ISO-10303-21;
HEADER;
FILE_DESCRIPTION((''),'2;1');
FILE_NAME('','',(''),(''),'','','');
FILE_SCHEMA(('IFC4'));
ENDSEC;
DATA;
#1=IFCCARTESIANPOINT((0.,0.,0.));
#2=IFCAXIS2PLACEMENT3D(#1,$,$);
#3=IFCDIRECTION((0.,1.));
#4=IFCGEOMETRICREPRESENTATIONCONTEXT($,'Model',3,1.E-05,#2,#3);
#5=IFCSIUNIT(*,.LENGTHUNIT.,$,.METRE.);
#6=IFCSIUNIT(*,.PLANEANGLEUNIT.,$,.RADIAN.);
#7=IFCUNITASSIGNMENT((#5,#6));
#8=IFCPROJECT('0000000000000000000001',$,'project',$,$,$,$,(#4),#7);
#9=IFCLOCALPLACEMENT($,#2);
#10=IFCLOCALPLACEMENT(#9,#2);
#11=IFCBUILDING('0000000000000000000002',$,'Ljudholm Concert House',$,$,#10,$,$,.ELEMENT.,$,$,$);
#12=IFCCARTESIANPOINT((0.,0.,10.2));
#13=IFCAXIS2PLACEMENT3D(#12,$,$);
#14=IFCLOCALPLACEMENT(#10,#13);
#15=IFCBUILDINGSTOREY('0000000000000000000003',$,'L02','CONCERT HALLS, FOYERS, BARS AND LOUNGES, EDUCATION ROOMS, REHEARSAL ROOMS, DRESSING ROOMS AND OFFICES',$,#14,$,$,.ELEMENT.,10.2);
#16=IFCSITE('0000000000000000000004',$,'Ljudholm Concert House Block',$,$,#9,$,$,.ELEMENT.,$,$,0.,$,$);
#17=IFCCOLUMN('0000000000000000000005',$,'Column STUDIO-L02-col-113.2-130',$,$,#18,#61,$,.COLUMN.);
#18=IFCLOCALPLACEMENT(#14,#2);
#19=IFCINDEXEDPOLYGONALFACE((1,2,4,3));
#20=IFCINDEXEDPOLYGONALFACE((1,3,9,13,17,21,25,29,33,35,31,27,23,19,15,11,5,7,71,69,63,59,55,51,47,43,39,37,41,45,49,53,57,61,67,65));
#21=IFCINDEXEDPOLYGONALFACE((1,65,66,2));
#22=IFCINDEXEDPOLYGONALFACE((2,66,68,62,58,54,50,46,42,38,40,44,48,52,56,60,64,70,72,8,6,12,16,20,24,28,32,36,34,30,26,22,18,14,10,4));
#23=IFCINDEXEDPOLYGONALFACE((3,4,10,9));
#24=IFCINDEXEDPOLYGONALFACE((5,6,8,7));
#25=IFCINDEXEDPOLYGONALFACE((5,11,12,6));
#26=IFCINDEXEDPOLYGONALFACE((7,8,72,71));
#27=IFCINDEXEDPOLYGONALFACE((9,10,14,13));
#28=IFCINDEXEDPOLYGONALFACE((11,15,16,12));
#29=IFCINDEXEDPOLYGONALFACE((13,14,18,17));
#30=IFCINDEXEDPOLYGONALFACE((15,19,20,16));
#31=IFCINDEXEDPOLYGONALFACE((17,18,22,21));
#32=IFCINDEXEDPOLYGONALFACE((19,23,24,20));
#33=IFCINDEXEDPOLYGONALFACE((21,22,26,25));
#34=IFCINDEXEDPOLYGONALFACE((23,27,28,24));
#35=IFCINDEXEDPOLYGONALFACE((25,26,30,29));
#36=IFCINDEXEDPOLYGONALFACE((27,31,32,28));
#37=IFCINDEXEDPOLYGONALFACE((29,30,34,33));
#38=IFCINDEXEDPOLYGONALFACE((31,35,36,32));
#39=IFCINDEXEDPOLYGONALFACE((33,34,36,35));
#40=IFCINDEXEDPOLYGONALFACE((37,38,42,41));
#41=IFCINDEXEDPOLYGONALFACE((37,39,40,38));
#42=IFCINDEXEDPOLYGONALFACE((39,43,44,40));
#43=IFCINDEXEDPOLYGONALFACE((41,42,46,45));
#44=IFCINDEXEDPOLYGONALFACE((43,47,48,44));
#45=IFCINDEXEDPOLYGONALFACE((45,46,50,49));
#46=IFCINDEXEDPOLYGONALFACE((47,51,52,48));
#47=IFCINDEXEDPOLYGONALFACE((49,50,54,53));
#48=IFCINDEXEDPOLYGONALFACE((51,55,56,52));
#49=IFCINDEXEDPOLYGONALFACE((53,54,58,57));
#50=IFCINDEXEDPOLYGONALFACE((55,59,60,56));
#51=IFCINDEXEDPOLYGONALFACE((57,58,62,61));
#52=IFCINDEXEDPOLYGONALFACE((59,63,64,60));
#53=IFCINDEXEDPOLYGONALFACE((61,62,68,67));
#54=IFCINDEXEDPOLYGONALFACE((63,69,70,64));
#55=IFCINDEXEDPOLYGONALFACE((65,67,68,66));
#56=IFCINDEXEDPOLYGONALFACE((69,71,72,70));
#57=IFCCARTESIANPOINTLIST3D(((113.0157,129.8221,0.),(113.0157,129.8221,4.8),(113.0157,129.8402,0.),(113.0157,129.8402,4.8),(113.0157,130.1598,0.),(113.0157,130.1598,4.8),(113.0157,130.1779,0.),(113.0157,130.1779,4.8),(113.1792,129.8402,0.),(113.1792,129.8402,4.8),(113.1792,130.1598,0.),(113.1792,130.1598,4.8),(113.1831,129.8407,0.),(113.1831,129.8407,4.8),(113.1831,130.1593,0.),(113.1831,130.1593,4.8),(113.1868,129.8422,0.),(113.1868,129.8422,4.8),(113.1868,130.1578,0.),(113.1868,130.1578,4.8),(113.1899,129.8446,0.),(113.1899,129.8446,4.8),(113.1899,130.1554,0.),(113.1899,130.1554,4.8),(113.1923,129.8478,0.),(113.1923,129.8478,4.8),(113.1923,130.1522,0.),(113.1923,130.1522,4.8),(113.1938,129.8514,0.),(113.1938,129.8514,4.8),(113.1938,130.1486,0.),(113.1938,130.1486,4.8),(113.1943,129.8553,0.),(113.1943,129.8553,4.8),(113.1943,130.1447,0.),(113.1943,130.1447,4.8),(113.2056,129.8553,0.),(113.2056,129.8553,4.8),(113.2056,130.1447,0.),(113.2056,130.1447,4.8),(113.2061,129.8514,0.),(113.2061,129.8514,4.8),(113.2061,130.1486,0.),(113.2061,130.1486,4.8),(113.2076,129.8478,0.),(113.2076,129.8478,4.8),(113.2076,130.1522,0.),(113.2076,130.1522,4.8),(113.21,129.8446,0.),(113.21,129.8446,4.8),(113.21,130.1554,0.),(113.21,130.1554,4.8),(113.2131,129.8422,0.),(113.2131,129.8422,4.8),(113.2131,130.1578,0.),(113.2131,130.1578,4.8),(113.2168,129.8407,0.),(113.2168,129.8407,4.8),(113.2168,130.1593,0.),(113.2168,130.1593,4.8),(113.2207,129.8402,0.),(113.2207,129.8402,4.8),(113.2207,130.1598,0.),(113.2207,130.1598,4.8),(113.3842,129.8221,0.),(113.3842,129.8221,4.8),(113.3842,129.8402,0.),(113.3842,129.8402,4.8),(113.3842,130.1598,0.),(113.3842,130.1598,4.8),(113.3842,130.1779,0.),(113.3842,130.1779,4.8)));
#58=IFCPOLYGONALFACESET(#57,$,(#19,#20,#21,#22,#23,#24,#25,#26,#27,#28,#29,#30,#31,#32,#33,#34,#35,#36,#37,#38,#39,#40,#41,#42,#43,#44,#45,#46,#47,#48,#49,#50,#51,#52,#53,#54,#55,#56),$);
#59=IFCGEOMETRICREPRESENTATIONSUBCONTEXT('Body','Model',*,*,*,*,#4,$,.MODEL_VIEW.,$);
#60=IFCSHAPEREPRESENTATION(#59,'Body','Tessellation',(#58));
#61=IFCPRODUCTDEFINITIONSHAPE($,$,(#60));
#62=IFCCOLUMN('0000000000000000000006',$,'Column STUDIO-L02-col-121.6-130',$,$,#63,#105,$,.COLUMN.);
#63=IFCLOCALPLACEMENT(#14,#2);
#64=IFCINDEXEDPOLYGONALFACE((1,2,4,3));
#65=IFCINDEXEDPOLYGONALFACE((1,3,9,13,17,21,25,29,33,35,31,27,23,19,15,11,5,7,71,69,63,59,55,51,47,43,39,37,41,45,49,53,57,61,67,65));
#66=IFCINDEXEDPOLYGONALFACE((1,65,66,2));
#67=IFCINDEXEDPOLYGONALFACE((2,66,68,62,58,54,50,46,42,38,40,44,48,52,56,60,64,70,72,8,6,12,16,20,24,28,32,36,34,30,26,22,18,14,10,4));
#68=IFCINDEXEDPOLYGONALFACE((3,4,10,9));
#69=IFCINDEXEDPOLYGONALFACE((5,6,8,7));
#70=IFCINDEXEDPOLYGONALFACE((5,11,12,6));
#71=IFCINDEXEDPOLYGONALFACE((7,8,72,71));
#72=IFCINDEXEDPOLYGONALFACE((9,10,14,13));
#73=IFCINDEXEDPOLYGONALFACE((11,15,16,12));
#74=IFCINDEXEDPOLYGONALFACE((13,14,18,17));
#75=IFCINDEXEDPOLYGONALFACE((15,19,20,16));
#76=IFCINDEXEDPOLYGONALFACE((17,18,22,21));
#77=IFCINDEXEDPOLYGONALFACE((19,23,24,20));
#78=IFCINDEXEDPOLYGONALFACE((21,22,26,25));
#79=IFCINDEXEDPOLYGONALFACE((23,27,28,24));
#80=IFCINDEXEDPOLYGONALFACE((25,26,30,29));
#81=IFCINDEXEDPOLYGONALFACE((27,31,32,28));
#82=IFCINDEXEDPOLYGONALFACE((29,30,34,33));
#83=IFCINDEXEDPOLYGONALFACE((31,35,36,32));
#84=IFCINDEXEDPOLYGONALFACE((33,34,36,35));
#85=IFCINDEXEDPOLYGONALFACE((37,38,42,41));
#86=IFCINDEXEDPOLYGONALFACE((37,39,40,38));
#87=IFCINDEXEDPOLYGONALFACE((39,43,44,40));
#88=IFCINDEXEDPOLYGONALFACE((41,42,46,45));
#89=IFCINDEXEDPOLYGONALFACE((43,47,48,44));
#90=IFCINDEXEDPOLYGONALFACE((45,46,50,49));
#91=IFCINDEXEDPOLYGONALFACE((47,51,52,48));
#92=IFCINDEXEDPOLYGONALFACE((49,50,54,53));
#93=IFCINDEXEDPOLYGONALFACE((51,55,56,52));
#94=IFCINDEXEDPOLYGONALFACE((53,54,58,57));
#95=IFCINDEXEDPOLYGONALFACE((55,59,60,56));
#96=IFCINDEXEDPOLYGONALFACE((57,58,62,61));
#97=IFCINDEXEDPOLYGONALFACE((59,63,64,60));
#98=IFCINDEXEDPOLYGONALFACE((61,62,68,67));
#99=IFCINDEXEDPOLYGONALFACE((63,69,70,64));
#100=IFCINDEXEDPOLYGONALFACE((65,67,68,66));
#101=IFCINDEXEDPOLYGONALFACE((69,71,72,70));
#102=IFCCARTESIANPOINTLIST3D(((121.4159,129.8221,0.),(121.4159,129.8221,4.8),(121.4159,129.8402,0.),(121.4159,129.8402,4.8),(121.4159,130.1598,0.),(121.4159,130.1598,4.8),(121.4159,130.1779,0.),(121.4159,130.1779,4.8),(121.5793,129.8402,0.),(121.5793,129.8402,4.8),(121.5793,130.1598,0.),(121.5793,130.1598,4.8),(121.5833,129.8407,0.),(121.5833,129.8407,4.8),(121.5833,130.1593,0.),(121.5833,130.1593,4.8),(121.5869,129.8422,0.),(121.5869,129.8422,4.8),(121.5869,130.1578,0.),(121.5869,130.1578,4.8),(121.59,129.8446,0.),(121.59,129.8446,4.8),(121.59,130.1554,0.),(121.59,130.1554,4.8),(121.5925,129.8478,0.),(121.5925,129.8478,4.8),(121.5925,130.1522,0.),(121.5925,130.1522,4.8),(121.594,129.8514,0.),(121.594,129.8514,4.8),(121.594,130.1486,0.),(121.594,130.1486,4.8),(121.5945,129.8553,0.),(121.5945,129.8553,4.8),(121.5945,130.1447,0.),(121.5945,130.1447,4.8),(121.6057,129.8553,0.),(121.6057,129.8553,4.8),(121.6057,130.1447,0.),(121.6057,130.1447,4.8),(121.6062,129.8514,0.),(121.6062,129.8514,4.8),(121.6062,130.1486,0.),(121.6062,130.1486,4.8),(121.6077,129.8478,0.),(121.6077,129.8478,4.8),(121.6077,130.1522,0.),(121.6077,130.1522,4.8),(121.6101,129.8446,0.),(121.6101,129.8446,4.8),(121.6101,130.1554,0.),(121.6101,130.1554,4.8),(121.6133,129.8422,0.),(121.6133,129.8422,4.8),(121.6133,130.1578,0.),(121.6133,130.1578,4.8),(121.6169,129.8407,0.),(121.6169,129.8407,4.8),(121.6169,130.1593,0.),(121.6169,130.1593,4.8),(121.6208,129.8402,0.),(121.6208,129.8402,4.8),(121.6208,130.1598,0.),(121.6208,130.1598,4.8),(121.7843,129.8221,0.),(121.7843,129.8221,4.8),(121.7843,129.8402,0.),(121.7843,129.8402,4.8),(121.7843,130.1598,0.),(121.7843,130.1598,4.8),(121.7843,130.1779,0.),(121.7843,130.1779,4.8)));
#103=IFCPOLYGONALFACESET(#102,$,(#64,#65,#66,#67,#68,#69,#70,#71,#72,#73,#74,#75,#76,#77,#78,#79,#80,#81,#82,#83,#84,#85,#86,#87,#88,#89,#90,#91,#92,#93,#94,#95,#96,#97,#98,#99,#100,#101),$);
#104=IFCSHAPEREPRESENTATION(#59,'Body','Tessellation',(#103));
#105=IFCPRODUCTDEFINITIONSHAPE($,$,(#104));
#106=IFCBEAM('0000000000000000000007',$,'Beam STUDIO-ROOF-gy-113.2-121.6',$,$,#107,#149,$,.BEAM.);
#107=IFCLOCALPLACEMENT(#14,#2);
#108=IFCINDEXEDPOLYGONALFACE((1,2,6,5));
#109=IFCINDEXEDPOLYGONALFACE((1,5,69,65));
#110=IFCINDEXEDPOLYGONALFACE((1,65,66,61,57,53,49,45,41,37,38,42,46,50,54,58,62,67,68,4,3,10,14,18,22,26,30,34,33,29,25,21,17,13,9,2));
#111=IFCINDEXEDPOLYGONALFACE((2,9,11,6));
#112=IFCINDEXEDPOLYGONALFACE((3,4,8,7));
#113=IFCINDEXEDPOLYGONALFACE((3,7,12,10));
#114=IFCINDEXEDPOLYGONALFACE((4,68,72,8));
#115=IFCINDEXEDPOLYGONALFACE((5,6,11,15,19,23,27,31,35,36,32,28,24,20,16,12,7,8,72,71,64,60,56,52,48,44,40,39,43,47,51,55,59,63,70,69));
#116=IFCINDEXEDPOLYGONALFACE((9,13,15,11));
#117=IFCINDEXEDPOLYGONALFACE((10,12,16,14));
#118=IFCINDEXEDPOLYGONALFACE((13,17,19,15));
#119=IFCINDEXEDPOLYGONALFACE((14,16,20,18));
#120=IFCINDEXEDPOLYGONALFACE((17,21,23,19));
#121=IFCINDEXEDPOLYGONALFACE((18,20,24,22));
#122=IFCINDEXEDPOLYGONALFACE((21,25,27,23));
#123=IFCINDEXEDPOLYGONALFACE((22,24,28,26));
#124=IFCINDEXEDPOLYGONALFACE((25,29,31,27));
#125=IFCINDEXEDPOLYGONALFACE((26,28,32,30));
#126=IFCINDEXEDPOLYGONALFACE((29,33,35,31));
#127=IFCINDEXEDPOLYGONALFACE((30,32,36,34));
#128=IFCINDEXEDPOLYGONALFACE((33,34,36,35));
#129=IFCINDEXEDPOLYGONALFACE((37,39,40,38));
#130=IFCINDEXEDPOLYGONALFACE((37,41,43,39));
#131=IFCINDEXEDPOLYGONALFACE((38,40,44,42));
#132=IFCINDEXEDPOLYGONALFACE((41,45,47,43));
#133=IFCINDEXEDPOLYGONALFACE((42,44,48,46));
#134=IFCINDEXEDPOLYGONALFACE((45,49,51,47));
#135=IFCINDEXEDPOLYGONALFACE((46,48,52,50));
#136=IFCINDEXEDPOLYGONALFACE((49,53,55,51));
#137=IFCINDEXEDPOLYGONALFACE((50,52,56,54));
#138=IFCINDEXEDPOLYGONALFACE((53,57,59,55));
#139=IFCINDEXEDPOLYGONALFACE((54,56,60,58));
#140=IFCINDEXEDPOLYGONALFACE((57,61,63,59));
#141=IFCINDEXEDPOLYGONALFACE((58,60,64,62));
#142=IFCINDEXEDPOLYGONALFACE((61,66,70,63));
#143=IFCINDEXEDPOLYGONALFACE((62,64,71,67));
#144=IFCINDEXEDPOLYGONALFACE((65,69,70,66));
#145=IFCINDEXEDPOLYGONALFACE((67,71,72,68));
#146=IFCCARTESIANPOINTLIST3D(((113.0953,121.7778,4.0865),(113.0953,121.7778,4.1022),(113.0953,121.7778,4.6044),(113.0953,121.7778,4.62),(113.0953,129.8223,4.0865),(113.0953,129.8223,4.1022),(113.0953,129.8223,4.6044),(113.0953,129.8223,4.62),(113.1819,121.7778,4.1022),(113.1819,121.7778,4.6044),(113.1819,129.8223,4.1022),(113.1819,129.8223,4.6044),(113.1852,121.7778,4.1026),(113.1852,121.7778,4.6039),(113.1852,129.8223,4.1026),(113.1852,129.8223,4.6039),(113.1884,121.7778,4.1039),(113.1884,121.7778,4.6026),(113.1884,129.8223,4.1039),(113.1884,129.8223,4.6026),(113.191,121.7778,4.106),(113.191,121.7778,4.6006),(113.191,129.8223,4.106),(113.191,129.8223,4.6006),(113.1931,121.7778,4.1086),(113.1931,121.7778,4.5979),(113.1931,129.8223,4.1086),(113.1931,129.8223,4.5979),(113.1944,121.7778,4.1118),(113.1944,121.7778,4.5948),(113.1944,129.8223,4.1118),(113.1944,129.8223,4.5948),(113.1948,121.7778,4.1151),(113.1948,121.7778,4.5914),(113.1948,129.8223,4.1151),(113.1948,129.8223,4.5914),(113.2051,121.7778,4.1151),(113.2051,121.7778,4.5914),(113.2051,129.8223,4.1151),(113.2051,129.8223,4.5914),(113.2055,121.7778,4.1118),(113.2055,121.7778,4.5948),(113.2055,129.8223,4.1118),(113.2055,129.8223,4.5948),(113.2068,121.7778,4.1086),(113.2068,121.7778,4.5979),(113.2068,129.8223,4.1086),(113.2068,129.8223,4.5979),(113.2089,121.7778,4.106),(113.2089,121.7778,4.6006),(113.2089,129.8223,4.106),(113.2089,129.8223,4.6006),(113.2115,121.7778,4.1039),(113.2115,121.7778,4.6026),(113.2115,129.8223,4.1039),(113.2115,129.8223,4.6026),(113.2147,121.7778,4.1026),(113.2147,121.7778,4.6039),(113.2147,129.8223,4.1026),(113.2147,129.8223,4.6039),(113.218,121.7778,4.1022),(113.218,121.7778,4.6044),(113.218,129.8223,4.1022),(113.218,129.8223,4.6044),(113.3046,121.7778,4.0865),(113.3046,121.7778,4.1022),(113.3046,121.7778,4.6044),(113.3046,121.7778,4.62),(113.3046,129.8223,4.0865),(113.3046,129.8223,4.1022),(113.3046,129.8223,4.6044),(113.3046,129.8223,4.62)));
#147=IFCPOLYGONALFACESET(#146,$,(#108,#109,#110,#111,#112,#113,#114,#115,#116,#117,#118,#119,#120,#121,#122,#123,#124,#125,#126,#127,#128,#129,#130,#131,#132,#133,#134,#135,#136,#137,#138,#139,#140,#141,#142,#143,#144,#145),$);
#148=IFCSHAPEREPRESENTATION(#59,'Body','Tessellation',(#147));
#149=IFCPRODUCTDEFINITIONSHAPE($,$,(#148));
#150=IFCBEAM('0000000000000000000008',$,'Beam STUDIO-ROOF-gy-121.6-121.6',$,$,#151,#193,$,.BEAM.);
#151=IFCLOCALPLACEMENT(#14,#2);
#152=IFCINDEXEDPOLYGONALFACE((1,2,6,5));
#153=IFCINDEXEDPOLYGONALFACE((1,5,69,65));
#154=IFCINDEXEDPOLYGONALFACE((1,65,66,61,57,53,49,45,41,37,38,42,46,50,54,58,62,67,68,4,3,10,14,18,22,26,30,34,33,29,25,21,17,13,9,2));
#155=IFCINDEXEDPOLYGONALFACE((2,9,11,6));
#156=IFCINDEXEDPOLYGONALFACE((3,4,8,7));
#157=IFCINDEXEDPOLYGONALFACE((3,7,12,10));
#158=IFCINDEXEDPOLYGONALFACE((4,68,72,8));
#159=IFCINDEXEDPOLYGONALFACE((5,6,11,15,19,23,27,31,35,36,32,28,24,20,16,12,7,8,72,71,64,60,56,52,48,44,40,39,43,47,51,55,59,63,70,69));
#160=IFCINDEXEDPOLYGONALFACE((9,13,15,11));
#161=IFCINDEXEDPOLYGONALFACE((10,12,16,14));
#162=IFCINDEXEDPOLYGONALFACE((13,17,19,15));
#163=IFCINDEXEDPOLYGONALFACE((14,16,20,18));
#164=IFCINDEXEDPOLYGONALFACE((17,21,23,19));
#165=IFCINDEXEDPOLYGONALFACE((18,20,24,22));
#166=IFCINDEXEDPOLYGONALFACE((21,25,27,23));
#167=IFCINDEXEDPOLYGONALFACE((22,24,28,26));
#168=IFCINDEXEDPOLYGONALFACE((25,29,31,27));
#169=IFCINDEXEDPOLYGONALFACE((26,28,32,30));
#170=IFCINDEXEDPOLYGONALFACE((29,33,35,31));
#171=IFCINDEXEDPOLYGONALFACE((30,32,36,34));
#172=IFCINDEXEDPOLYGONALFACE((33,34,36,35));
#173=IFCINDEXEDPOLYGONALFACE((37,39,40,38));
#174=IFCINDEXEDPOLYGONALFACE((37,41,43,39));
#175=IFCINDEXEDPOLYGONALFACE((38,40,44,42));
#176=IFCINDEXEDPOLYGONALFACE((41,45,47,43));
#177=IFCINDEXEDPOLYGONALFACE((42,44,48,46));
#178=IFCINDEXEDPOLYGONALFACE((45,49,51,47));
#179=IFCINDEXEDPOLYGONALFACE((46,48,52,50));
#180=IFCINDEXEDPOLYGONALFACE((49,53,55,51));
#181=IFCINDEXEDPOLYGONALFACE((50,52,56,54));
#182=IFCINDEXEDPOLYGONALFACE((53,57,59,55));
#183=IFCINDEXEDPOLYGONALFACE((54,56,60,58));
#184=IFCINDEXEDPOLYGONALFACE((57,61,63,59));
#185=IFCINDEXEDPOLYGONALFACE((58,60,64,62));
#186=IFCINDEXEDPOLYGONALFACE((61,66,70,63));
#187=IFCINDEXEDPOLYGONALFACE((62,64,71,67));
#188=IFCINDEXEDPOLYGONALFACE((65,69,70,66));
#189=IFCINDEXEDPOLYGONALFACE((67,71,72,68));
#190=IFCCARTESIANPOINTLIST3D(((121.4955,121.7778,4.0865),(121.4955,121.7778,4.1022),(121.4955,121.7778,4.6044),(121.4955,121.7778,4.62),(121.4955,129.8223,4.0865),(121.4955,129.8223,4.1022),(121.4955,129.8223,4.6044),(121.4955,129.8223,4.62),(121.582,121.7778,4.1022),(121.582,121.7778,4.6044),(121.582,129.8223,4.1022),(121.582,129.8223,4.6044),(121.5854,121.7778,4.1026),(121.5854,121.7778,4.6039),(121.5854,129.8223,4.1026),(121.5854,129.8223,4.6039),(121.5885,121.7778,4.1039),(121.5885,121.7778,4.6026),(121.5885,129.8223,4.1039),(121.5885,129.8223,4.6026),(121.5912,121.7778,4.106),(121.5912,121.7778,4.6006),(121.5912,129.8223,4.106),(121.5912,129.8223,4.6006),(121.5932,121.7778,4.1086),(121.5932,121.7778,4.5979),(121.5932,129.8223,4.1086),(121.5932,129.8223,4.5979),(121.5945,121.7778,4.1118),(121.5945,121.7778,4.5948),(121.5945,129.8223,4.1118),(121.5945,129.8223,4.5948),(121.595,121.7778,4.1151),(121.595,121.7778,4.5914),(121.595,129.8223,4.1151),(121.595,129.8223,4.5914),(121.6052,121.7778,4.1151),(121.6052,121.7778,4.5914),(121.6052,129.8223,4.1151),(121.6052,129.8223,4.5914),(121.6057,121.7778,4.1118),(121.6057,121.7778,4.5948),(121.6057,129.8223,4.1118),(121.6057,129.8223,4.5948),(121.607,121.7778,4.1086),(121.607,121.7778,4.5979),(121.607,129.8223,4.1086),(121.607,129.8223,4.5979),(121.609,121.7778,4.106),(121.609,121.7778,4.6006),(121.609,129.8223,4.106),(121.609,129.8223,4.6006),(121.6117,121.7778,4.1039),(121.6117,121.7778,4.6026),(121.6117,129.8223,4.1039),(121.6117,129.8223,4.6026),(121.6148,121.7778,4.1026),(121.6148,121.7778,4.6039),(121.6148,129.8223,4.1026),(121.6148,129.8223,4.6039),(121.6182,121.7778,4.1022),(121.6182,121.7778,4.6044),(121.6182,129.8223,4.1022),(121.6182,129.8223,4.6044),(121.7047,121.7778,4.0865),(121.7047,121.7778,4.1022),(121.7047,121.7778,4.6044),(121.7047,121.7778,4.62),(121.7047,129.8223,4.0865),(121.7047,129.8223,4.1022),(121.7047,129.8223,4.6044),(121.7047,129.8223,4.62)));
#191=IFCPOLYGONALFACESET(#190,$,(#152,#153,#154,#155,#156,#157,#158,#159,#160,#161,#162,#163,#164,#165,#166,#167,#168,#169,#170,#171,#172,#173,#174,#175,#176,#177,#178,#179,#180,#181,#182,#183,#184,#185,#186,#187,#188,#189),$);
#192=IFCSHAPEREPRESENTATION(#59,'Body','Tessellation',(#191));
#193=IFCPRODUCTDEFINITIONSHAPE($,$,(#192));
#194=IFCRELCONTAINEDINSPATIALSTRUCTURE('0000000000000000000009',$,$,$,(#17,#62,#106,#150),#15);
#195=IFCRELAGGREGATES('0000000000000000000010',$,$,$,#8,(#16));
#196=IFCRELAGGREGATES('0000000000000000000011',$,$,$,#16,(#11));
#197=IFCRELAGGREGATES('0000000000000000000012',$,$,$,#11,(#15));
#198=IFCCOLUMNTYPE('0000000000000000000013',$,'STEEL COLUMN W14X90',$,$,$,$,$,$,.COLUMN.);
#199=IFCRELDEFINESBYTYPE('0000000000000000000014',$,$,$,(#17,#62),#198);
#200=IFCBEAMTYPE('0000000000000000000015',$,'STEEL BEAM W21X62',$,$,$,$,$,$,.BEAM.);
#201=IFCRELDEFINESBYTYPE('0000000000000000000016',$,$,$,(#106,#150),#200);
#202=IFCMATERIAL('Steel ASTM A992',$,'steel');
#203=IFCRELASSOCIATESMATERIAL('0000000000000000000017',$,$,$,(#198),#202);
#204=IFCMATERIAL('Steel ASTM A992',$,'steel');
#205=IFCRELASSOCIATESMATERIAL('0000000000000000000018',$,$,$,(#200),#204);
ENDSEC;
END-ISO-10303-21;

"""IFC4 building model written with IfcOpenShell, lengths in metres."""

from ifc_helpers import new_model, si_unit, direction, frame, origin, origin_2d, place, context, subcontext, project, spatial, i_section, extrude, material, material_profile, profile_set, type_object, element, save


model = new_model("IFC4")

# Units and contexts
model_context = context("Model", 3, precision=1e-05, world=origin(), true_north=direction((0.0, 1.0)))
body_context = subcontext(model_context, "Body", "Model", "MODEL_VIEW")
ifc_project = project(units=[si_unit("LENGTHUNIT", "METRE"), si_unit("PLANEANGLEUNIT", "RADIAN")], contexts=[model_context])

# Site, building, storey
site_placement = place(None, origin())
site = spatial("IfcSite", under=ifc_project, at=site_placement, Name="Ljudholm Concert House Block", CompositionType="ELEMENT", RefElevation=0.0)
building_placement = place(site_placement, origin())
building = spatial("IfcBuilding", under=site, at=building_placement, Name="Ljudholm Concert House", CompositionType="ELEMENT")
storey_placement = place(building_placement, frame((0.0, 0.0, 10.2)))
storey = spatial("IfcBuildingStorey", under=building, at=storey_placement, Name="L02", Description="CONCERT HALLS, FOYERS, BARS AND LOUNGES, EDUCATION ROOMS, REHEARSAL ROOMS, DRESSING ROOMS AND OFFICES", CompositionType="ELEMENT", Elevation=10.2)

# Columns
ifc_material_1 = material(Name="Steel ASTM A992", Category="steel")
ifc_material_profile_1 = material_profile(ifc_material_1, i_section(OverallWidth=0.3684, OverallDepth=0.3557, WebThickness=0.0112, FlangeThickness=0.0181, FilletRadius=0.0151, at=origin_2d()), Name="W14X90")
ifc_profile_set_1 = profile_set([ifc_material_profile_1], Name="Steel ASTM A992")
column_type = type_object("IfcColumnType", Name="STEEL COLUMN W14X90", PredefinedType="COLUMN", material=ifc_profile_set_1)
for number, where, z_axis, x_axis, name in (
    (1, (113.2, 130.0, 0.0), (0.0, 0.0, 1.0), (1.0, 0.0, 0.0), "Column STUDIO-L02-col-113.2-130"),
    (2, (121.6001, 130.0, 0.0), (0.0, 0.0, 1.0), (1.0, 0.0, 0.0), "Column STUDIO-L02-col-121.6-130"),
):
    element("IfcColumn", number, at=place(storey_placement, frame(where, z_axis=z_axis, x_axis=x_axis)), inside=storey, type_object=column_type, Name=name, PredefinedType="COLUMN", context=body_context, shape_type="SweptSolid", body=[
        extrude(i_section(OverallWidth=0.3684, OverallDepth=0.3557, WebThickness=0.0112, FlangeThickness=0.0181, FilletRadius=0.0151, at=origin_2d()), origin(), (0.0, 0.0, 1.0), 4.8),
    ])

# Beams
ifc_material_2 = material(Name="Steel ASTM A992", Category="steel")
ifc_material_profile_2 = material_profile(ifc_material_2, i_section(OverallWidth=0.2092, OverallDepth=0.5334, WebThickness=0.0103, FlangeThickness=0.0156, FilletRadius=0.0129, at=origin_2d()), Name="W21X62")
ifc_profile_set_2 = profile_set([ifc_material_profile_2], Name="Steel ASTM A992")
beam_type_1 = type_object("IfcBeamType", Name="STEEL BEAM W21X62", PredefinedType="BEAM", material=ifc_profile_set_2)
for number, where, z_axis, x_axis, name in (
    (3, (113.2, 121.7778, 4.3533), (0.0, 1.0, 0.0), (-1.0, 0.0, 0.0), "Beam STUDIO-ROOF-gy-113.2-121.6"),
    (4, (121.6001, 121.7778, 4.3533), (0.0, 1.0, 0.0), (-1.0, 0.0, 0.0), "Beam STUDIO-ROOF-gy-121.6-121.6"),
):
    element("IfcBeam", number, at=place(storey_placement, frame(where, z_axis=z_axis, x_axis=x_axis)), inside=storey, type_object=beam_type_1, Name=name, PredefinedType="BEAM", context=body_context, shape_type="SweptSolid", body=[
        extrude(i_section(OverallWidth=0.2092, OverallDepth=0.5334, WebThickness=0.0103, FlangeThickness=0.0156, FilletRadius=0.0129, at=origin_2d()), origin(), (0.0, 0.0, 1.0), 8.0444),
    ])

save(model, "model.ifc")
